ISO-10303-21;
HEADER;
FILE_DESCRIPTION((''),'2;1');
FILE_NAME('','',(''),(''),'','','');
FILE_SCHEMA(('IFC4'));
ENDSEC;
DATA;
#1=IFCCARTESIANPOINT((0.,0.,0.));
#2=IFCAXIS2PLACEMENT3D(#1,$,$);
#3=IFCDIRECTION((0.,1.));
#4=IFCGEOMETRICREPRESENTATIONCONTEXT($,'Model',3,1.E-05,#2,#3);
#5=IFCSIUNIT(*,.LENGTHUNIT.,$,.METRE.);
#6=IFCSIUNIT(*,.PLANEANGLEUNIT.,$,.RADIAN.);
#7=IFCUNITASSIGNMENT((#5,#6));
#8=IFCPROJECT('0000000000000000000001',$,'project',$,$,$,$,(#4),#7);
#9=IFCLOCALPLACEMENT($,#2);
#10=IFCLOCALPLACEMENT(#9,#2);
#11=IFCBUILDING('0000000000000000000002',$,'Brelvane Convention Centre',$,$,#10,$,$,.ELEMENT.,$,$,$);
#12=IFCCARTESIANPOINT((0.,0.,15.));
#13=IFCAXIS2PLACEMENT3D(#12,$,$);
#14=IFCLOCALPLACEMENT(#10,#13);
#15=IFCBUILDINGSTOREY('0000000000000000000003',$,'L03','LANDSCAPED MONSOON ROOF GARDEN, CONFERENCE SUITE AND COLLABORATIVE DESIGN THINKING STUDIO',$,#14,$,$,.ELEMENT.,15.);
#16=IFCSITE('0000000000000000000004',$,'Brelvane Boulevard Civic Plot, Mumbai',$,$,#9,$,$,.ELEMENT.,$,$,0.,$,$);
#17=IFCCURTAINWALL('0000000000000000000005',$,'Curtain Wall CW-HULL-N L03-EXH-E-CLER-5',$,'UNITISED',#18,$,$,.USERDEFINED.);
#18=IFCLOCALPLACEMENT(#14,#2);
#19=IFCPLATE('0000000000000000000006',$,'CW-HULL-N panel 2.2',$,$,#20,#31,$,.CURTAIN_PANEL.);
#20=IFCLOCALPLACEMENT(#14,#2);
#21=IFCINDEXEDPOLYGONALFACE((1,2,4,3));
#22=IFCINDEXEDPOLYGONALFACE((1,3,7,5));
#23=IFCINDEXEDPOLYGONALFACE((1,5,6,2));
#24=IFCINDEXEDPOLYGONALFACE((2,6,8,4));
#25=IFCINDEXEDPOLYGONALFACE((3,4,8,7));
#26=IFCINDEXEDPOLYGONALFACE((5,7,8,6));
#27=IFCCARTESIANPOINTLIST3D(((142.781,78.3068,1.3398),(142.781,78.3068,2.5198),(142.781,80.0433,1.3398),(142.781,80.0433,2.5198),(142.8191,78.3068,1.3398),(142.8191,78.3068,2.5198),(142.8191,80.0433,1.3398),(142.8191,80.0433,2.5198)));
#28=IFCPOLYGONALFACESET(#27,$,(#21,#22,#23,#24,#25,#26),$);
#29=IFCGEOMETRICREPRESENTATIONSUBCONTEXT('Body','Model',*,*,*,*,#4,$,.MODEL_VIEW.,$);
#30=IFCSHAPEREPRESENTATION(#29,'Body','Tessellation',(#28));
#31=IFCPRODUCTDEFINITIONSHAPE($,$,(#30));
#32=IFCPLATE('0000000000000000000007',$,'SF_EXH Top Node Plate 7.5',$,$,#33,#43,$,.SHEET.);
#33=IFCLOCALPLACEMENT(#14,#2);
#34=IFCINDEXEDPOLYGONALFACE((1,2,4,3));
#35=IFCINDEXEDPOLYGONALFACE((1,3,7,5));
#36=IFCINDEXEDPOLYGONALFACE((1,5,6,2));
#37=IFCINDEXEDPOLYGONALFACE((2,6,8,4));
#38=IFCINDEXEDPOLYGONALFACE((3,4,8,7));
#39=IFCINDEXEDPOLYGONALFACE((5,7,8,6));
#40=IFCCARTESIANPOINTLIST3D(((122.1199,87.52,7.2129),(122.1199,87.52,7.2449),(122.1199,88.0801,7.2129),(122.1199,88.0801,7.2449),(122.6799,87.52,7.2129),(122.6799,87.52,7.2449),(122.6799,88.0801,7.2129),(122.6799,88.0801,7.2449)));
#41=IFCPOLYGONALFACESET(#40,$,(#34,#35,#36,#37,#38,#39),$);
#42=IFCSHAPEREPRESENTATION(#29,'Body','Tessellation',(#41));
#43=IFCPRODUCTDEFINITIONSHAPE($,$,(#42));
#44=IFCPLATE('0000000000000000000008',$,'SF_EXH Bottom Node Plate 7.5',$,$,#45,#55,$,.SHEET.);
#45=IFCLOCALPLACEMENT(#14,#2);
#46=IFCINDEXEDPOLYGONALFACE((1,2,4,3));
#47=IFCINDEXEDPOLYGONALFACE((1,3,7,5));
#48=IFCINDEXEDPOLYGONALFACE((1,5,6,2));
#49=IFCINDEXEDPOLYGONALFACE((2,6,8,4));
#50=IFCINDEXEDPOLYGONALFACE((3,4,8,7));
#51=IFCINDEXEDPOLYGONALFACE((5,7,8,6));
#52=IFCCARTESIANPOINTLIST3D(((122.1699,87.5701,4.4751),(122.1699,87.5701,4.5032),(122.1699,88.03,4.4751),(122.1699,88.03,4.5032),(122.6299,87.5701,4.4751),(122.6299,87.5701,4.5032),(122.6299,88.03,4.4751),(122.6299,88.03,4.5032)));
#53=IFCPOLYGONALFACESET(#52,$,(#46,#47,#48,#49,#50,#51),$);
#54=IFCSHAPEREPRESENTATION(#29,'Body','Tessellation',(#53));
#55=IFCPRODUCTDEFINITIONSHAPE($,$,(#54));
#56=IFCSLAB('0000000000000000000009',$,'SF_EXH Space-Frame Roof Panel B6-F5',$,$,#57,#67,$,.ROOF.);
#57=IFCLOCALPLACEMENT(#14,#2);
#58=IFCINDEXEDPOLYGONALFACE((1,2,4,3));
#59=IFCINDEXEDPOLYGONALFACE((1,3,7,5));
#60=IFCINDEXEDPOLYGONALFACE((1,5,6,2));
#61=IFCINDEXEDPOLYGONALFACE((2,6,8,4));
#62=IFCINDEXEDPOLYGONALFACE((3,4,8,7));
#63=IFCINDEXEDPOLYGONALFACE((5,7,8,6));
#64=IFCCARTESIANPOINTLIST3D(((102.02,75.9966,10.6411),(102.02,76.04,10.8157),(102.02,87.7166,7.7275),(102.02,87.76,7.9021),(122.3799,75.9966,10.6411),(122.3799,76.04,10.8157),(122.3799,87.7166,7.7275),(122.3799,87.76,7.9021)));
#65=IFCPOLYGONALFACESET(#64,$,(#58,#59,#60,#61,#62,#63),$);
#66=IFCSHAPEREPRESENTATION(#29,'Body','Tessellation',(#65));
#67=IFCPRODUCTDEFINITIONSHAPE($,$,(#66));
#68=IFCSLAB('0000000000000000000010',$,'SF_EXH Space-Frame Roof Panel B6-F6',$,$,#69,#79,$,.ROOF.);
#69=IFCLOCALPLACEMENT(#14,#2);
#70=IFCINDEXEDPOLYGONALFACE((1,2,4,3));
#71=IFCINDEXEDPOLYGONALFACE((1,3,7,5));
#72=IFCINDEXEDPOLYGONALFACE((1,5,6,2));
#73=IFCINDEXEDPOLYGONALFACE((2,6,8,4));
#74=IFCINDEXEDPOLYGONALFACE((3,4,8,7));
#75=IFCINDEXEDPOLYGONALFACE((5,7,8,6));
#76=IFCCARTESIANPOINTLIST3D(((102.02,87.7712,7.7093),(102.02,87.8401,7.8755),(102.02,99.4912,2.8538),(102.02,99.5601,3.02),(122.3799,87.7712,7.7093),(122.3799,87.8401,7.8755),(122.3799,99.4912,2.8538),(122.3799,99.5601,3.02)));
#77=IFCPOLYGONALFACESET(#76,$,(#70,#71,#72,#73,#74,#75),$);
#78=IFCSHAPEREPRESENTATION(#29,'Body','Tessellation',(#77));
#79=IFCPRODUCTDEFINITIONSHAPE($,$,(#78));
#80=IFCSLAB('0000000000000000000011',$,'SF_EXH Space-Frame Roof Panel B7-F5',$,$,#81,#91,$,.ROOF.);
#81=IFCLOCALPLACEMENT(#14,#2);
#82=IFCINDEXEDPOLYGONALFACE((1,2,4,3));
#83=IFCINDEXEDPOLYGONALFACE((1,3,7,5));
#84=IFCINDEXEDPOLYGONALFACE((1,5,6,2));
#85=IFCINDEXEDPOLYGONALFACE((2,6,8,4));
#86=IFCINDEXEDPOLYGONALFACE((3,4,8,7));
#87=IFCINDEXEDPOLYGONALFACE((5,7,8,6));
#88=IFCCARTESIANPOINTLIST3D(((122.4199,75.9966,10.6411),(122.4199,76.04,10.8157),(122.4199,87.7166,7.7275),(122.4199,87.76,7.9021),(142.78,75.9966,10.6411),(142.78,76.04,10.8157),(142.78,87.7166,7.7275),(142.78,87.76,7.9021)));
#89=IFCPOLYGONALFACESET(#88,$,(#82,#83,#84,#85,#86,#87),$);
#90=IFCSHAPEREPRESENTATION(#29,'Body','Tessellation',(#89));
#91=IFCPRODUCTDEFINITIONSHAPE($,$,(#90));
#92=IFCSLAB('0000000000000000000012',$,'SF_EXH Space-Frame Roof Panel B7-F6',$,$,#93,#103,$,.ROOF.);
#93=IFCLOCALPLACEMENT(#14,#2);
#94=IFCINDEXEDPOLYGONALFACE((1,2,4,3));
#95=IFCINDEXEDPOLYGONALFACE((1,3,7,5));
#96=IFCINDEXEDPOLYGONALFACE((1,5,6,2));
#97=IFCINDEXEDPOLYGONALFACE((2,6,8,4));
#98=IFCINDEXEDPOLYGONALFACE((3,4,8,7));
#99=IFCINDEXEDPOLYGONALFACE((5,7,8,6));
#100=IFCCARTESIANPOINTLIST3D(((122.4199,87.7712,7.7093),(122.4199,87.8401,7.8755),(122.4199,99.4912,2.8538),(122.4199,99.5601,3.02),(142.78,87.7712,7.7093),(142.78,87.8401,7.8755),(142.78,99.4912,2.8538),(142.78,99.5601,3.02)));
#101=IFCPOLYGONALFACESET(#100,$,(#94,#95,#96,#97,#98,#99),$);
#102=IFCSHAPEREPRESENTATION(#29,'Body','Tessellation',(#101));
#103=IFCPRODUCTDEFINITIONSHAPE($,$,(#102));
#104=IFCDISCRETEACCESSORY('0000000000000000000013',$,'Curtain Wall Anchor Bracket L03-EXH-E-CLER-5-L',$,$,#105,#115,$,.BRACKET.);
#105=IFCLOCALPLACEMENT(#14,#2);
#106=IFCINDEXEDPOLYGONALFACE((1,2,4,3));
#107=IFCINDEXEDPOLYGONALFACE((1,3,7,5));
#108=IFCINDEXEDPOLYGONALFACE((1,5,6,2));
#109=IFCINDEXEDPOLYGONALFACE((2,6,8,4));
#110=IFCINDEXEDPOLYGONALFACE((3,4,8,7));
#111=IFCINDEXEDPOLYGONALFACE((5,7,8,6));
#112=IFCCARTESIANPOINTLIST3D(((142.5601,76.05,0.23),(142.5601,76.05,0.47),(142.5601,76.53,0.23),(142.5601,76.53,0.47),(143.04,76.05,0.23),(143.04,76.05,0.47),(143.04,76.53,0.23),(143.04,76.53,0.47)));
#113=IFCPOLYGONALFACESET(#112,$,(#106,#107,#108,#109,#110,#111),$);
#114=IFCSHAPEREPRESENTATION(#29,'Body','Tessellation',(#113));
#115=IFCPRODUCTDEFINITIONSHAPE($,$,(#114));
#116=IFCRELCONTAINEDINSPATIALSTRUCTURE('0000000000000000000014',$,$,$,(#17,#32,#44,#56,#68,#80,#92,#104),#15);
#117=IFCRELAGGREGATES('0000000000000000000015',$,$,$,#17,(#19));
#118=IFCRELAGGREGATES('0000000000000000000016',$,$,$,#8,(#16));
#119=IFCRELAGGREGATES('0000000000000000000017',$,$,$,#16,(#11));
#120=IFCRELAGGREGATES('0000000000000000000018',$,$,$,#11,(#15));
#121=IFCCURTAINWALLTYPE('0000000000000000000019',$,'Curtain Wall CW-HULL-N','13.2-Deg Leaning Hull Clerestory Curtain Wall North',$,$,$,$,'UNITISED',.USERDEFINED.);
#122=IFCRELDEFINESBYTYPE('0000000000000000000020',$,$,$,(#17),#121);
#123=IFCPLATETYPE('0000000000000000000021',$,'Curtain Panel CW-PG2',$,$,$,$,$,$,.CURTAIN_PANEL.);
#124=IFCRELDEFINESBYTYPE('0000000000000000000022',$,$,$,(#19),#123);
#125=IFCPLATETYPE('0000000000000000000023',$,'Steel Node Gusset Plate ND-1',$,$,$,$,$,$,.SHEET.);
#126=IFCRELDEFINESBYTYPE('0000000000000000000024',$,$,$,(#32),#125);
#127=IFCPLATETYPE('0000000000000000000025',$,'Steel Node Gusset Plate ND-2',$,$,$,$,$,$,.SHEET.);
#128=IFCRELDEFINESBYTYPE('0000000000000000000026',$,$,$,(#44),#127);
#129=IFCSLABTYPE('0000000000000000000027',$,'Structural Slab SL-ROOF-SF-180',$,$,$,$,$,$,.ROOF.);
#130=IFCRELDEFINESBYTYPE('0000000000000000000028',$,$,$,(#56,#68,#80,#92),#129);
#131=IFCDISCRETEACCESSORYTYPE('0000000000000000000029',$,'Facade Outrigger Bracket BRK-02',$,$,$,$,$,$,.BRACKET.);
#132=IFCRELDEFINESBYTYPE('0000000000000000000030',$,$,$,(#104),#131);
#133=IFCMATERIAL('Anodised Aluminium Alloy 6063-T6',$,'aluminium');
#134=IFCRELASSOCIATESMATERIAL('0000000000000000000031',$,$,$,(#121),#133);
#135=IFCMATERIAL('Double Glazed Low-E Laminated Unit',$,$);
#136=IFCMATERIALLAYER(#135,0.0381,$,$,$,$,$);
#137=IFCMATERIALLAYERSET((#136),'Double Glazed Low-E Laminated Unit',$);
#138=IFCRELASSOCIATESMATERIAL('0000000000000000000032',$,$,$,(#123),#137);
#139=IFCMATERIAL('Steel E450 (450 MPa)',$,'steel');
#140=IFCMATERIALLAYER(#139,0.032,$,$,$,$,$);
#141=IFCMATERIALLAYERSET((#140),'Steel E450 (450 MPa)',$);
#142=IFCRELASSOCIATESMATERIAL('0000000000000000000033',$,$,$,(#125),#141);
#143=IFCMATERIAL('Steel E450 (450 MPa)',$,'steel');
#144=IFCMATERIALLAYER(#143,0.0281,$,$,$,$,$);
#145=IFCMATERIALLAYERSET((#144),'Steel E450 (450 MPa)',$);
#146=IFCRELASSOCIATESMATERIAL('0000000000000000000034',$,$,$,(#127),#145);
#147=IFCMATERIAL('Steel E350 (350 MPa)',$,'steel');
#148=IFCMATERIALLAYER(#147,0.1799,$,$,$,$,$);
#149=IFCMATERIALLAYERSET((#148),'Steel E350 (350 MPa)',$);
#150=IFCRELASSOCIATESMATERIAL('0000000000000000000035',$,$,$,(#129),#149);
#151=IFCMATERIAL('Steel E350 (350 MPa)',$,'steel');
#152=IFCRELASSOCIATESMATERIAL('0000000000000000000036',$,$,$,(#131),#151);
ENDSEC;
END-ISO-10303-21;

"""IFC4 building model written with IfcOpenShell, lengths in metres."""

from ifc_helpers import new_model, si_unit, direction, frame, origin, origin_2d, place, context, subcontext, project, spatial, polyline, rectangle, outline, extrude, material, layer, layer_set, type_object, element, aggregate, save


model = new_model("IFC4")

# Units and contexts
model_context = context("Model", 3, precision=1e-05, world=origin(), true_north=direction((0.0, 1.0)))
body_context = subcontext(model_context, "Body", "Model", "MODEL_VIEW")
ifc_project = project(units=[si_unit("LENGTHUNIT", "METRE"), si_unit("PLANEANGLEUNIT", "RADIAN")], contexts=[model_context])

# Site, building, storey
site_placement = place(None, origin())
site = spatial("IfcSite", under=ifc_project, at=site_placement, Name="Brelvane Boulevard Civic Plot, Mumbai", CompositionType="ELEMENT", RefElevation=0.0)
building_placement = place(site_placement, origin())
building = spatial("IfcBuilding", under=site, at=building_placement, Name="Brelvane Convention Centre", CompositionType="ELEMENT")
storey_placement = place(building_placement, frame((0.0, 0.0, 15.0)))
storey = spatial("IfcBuildingStorey", under=building, at=storey_placement, Name="L03", Description="LANDSCAPED MONSOON ROOF GARDEN, CONFERENCE SUITE AND COLLABORATIVE DESIGN THINKING STUDIO", CompositionType="ELEMENT", Elevation=15.0)

# Curtain wall
ifc_material_1 = material(Name="Anodised Aluminium Alloy 6063-T6", Category="aluminium")
curtain_wall_type = type_object("IfcCurtainWallType", Name="Curtain Wall CW-HULL-N", Description="13.2-Deg Leaning Hull Clerestory Curtain Wall North", ElementType="UNITISED", PredefinedType="USERDEFINED", material=ifc_material_1)
curtain_wall_placement = place(storey_placement, origin())
curtain_wall = element("IfcCurtainWall", 1, at=curtain_wall_placement, inside=storey, type_object=curtain_wall_type, Name="Curtain Wall CW-HULL-N L03-EXH-E-CLER-5", ObjectType="UNITISED", PredefinedType="USERDEFINED")

# Plate
ifc_material_2 = material(Name="Double Glazed Low-E Laminated Unit")
ifc_layer_1 = layer(ifc_material_2, 0.0381)
ifc_layer_set_1 = layer_set([ifc_layer_1], Name="Double Glazed Low-E Laminated Unit")
plate_type_1 = type_object("IfcPlateType", Name="Curtain Panel CW-PG2", PredefinedType="CURTAIN_PANEL", material=ifc_layer_set_1)
plate_1_placement = place(storey_placement, frame((142.8, 79.175, 1.3398), z_axis=(0.0, 0.0, 1.0), x_axis=(0.0, 1.0, 0.0)))
plate_1 = element("IfcPlate", 2, at=plate_1_placement, type_object=plate_type_1, Name="CW-HULL-N panel 2.2", PredefinedType="CURTAIN_PANEL", context=body_context, shape_type="SweptSolid", body=[
    extrude(rectangle(XDim=1.7366, YDim=0.0381, at=origin_2d()), origin(), (0.0, 0.0, 1.0), 1.1799),
])
aggregate(curtain_wall, [plate_1])

# Plates
ifc_material_3 = material(Name="Steel E450 (450 MPa)", Category="steel")
ifc_layer_2 = layer(ifc_material_3, 0.032)
ifc_layer_set_2 = layer_set([ifc_layer_2], Name="Steel E450 (450 MPa)")
plate_type_2 = type_object("IfcPlateType", Name="Steel Node Gusset Plate ND-1", PredefinedType="SHEET", material=ifc_layer_set_2)
plate_2_placement = place(storey_placement, frame((122.3999, 87.8, 7.2129), z_axis=(0.0, 0.0, 1.0), x_axis=(1.0, 0.0, 0.0)))
element("IfcPlate", 3, at=plate_2_placement, inside=storey, type_object=plate_type_2, Name="SF_EXH Top Node Plate 7.5", PredefinedType="SHEET", context=body_context, shape_type="SweptSolid", body=[
    extrude(rectangle(XDim=0.5601, YDim=0.5601, at=origin_2d()), origin(), (0.0, 0.0, 1.0), 0.032),
])
ifc_material_4 = material(Name="Steel E450 (450 MPa)", Category="steel")
ifc_layer_3 = layer(ifc_material_4, 0.0281)
ifc_layer_set_3 = layer_set([ifc_layer_3], Name="Steel E450 (450 MPa)")
plate_type_3 = type_object("IfcPlateType", Name="Steel Node Gusset Plate ND-2", PredefinedType="SHEET", material=ifc_layer_set_3)
plate_3_placement = place(storey_placement, frame((122.3999, 87.8, 4.4751), z_axis=(0.0, 0.0, 1.0), x_axis=(1.0, 0.0, 0.0)))
element("IfcPlate", 4, at=plate_3_placement, inside=storey, type_object=plate_type_3, Name="SF_EXH Bottom Node Plate 7.5", PredefinedType="SHEET", context=body_context, shape_type="SweptSolid", body=[
    extrude(rectangle(XDim=0.46, YDim=0.46, at=origin_2d()), origin(), (0.0, 0.0, 1.0), 0.0281),
])

# Slabs
ifc_material_5 = material(Name="Steel E350 (350 MPa)", Category="steel")
ifc_layer_4 = layer(ifc_material_5, 0.1799)
ifc_layer_set_4 = layer_set([ifc_layer_4], Name="Steel E350 (350 MPa)")
slab_type = type_object("IfcSlabType", Name="Structural Slab SL-ROOF-SF-180", PredefinedType="ROOF", material=ifc_layer_set_4)
slab_1_placement = place(storey_placement, frame((102.02, 76.04, 10.8157), z_axis=(0.0, 0.241256, 0.970462), x_axis=(1.0, 0.0, 0.0)))
element("IfcSlab", 5, at=slab_1_placement, inside=storey, type_object=slab_type, Name="SF_EXH Space-Frame Roof Panel B6-F5", PredefinedType="ROOF", context=body_context, shape_type="SweptSolid", body=[
    extrude(outline(polyline([(0.0, 0.0), (20.3599, 0.0), (20.3599, 12.0767), (0.0, 12.0767), (0.0, 0.0)])), origin(), (0.0, 0.0, -1.0), 0.1799),
])
slab_2_placement = place(storey_placement, frame((102.02, 87.8401, 7.8755), z_axis=(0.0, 0.382744, 0.923855), x_axis=(1.0, 0.0, 0.0)))
element("IfcSlab", 6, at=slab_2_placement, inside=storey, type_object=slab_type, Name="SF_EXH Space-Frame Roof Panel B6-F6", PredefinedType="ROOF", context=body_context, shape_type="SweptSolid", body=[
    extrude(outline(polyline([(0.0, 0.0), (20.3599, 0.0), (20.3599, 12.6859), (0.0, 12.6859), (0.0, 0.0)])), origin(), (0.0, 0.0, -1.0), 0.1799),
])
slab_3_placement = place(storey_placement, frame((122.4199, 76.04, 10.8157), z_axis=(0.0, 0.241256, 0.970462), x_axis=(1.0, 0.0, 0.0)))
element("IfcSlab", 7, at=slab_3_placement, inside=storey, type_object=slab_type, Name="SF_EXH Space-Frame Roof Panel B7-F5", PredefinedType="ROOF", context=body_context, shape_type="SweptSolid", body=[
    extrude(outline(polyline([(0.0, 0.0), (20.3601, 0.0), (20.3601, 12.0767), (0.0, 12.0767), (0.0, 0.0)])), origin(), (0.0, 0.0, -1.0), 0.1799),
])
slab_4_placement = place(storey_placement, frame((122.4199, 87.8401, 7.8755), z_axis=(0.0, 0.382744, 0.923855), x_axis=(1.0, 0.0, 0.0)))
element("IfcSlab", 8, at=slab_4_placement, inside=storey, type_object=slab_type, Name="SF_EXH Space-Frame Roof Panel B7-F6", PredefinedType="ROOF", context=body_context, shape_type="SweptSolid", body=[
    extrude(outline(polyline([(0.0, 0.0), (20.3601, 0.0), (20.3601, 12.6859), (0.0, 12.6859), (0.0, 0.0)])), origin(), (0.0, 0.0, -1.0), 0.1799),
])

# Discrete accessory
ifc_material_6 = material(Name="Steel E350 (350 MPa)", Category="steel")
discrete_accessory_type = type_object("IfcDiscreteAccessoryType", Name="Facade Outrigger Bracket BRK-02", PredefinedType="BRACKET", material=ifc_material_6)
discrete_accessory_placement = place(storey_placement, frame((142.8, 76.29, 0.23), z_axis=(0.0, 0.0, 1.0), x_axis=(1.0, 0.0, 0.0)))
element("IfcDiscreteAccessory", 9, at=discrete_accessory_placement, inside=storey, type_object=discrete_accessory_type, Name="Curtain Wall Anchor Bracket L03-EXH-E-CLER-5-L", PredefinedType="BRACKET", context=body_context, shape_type="SweptSolid", body=[
    extrude(rectangle(XDim=0.48, YDim=0.48, at=origin_2d()), origin(), (0.0, 0.0, 1.0), 0.24),
])

save(model, "model.ifc")
